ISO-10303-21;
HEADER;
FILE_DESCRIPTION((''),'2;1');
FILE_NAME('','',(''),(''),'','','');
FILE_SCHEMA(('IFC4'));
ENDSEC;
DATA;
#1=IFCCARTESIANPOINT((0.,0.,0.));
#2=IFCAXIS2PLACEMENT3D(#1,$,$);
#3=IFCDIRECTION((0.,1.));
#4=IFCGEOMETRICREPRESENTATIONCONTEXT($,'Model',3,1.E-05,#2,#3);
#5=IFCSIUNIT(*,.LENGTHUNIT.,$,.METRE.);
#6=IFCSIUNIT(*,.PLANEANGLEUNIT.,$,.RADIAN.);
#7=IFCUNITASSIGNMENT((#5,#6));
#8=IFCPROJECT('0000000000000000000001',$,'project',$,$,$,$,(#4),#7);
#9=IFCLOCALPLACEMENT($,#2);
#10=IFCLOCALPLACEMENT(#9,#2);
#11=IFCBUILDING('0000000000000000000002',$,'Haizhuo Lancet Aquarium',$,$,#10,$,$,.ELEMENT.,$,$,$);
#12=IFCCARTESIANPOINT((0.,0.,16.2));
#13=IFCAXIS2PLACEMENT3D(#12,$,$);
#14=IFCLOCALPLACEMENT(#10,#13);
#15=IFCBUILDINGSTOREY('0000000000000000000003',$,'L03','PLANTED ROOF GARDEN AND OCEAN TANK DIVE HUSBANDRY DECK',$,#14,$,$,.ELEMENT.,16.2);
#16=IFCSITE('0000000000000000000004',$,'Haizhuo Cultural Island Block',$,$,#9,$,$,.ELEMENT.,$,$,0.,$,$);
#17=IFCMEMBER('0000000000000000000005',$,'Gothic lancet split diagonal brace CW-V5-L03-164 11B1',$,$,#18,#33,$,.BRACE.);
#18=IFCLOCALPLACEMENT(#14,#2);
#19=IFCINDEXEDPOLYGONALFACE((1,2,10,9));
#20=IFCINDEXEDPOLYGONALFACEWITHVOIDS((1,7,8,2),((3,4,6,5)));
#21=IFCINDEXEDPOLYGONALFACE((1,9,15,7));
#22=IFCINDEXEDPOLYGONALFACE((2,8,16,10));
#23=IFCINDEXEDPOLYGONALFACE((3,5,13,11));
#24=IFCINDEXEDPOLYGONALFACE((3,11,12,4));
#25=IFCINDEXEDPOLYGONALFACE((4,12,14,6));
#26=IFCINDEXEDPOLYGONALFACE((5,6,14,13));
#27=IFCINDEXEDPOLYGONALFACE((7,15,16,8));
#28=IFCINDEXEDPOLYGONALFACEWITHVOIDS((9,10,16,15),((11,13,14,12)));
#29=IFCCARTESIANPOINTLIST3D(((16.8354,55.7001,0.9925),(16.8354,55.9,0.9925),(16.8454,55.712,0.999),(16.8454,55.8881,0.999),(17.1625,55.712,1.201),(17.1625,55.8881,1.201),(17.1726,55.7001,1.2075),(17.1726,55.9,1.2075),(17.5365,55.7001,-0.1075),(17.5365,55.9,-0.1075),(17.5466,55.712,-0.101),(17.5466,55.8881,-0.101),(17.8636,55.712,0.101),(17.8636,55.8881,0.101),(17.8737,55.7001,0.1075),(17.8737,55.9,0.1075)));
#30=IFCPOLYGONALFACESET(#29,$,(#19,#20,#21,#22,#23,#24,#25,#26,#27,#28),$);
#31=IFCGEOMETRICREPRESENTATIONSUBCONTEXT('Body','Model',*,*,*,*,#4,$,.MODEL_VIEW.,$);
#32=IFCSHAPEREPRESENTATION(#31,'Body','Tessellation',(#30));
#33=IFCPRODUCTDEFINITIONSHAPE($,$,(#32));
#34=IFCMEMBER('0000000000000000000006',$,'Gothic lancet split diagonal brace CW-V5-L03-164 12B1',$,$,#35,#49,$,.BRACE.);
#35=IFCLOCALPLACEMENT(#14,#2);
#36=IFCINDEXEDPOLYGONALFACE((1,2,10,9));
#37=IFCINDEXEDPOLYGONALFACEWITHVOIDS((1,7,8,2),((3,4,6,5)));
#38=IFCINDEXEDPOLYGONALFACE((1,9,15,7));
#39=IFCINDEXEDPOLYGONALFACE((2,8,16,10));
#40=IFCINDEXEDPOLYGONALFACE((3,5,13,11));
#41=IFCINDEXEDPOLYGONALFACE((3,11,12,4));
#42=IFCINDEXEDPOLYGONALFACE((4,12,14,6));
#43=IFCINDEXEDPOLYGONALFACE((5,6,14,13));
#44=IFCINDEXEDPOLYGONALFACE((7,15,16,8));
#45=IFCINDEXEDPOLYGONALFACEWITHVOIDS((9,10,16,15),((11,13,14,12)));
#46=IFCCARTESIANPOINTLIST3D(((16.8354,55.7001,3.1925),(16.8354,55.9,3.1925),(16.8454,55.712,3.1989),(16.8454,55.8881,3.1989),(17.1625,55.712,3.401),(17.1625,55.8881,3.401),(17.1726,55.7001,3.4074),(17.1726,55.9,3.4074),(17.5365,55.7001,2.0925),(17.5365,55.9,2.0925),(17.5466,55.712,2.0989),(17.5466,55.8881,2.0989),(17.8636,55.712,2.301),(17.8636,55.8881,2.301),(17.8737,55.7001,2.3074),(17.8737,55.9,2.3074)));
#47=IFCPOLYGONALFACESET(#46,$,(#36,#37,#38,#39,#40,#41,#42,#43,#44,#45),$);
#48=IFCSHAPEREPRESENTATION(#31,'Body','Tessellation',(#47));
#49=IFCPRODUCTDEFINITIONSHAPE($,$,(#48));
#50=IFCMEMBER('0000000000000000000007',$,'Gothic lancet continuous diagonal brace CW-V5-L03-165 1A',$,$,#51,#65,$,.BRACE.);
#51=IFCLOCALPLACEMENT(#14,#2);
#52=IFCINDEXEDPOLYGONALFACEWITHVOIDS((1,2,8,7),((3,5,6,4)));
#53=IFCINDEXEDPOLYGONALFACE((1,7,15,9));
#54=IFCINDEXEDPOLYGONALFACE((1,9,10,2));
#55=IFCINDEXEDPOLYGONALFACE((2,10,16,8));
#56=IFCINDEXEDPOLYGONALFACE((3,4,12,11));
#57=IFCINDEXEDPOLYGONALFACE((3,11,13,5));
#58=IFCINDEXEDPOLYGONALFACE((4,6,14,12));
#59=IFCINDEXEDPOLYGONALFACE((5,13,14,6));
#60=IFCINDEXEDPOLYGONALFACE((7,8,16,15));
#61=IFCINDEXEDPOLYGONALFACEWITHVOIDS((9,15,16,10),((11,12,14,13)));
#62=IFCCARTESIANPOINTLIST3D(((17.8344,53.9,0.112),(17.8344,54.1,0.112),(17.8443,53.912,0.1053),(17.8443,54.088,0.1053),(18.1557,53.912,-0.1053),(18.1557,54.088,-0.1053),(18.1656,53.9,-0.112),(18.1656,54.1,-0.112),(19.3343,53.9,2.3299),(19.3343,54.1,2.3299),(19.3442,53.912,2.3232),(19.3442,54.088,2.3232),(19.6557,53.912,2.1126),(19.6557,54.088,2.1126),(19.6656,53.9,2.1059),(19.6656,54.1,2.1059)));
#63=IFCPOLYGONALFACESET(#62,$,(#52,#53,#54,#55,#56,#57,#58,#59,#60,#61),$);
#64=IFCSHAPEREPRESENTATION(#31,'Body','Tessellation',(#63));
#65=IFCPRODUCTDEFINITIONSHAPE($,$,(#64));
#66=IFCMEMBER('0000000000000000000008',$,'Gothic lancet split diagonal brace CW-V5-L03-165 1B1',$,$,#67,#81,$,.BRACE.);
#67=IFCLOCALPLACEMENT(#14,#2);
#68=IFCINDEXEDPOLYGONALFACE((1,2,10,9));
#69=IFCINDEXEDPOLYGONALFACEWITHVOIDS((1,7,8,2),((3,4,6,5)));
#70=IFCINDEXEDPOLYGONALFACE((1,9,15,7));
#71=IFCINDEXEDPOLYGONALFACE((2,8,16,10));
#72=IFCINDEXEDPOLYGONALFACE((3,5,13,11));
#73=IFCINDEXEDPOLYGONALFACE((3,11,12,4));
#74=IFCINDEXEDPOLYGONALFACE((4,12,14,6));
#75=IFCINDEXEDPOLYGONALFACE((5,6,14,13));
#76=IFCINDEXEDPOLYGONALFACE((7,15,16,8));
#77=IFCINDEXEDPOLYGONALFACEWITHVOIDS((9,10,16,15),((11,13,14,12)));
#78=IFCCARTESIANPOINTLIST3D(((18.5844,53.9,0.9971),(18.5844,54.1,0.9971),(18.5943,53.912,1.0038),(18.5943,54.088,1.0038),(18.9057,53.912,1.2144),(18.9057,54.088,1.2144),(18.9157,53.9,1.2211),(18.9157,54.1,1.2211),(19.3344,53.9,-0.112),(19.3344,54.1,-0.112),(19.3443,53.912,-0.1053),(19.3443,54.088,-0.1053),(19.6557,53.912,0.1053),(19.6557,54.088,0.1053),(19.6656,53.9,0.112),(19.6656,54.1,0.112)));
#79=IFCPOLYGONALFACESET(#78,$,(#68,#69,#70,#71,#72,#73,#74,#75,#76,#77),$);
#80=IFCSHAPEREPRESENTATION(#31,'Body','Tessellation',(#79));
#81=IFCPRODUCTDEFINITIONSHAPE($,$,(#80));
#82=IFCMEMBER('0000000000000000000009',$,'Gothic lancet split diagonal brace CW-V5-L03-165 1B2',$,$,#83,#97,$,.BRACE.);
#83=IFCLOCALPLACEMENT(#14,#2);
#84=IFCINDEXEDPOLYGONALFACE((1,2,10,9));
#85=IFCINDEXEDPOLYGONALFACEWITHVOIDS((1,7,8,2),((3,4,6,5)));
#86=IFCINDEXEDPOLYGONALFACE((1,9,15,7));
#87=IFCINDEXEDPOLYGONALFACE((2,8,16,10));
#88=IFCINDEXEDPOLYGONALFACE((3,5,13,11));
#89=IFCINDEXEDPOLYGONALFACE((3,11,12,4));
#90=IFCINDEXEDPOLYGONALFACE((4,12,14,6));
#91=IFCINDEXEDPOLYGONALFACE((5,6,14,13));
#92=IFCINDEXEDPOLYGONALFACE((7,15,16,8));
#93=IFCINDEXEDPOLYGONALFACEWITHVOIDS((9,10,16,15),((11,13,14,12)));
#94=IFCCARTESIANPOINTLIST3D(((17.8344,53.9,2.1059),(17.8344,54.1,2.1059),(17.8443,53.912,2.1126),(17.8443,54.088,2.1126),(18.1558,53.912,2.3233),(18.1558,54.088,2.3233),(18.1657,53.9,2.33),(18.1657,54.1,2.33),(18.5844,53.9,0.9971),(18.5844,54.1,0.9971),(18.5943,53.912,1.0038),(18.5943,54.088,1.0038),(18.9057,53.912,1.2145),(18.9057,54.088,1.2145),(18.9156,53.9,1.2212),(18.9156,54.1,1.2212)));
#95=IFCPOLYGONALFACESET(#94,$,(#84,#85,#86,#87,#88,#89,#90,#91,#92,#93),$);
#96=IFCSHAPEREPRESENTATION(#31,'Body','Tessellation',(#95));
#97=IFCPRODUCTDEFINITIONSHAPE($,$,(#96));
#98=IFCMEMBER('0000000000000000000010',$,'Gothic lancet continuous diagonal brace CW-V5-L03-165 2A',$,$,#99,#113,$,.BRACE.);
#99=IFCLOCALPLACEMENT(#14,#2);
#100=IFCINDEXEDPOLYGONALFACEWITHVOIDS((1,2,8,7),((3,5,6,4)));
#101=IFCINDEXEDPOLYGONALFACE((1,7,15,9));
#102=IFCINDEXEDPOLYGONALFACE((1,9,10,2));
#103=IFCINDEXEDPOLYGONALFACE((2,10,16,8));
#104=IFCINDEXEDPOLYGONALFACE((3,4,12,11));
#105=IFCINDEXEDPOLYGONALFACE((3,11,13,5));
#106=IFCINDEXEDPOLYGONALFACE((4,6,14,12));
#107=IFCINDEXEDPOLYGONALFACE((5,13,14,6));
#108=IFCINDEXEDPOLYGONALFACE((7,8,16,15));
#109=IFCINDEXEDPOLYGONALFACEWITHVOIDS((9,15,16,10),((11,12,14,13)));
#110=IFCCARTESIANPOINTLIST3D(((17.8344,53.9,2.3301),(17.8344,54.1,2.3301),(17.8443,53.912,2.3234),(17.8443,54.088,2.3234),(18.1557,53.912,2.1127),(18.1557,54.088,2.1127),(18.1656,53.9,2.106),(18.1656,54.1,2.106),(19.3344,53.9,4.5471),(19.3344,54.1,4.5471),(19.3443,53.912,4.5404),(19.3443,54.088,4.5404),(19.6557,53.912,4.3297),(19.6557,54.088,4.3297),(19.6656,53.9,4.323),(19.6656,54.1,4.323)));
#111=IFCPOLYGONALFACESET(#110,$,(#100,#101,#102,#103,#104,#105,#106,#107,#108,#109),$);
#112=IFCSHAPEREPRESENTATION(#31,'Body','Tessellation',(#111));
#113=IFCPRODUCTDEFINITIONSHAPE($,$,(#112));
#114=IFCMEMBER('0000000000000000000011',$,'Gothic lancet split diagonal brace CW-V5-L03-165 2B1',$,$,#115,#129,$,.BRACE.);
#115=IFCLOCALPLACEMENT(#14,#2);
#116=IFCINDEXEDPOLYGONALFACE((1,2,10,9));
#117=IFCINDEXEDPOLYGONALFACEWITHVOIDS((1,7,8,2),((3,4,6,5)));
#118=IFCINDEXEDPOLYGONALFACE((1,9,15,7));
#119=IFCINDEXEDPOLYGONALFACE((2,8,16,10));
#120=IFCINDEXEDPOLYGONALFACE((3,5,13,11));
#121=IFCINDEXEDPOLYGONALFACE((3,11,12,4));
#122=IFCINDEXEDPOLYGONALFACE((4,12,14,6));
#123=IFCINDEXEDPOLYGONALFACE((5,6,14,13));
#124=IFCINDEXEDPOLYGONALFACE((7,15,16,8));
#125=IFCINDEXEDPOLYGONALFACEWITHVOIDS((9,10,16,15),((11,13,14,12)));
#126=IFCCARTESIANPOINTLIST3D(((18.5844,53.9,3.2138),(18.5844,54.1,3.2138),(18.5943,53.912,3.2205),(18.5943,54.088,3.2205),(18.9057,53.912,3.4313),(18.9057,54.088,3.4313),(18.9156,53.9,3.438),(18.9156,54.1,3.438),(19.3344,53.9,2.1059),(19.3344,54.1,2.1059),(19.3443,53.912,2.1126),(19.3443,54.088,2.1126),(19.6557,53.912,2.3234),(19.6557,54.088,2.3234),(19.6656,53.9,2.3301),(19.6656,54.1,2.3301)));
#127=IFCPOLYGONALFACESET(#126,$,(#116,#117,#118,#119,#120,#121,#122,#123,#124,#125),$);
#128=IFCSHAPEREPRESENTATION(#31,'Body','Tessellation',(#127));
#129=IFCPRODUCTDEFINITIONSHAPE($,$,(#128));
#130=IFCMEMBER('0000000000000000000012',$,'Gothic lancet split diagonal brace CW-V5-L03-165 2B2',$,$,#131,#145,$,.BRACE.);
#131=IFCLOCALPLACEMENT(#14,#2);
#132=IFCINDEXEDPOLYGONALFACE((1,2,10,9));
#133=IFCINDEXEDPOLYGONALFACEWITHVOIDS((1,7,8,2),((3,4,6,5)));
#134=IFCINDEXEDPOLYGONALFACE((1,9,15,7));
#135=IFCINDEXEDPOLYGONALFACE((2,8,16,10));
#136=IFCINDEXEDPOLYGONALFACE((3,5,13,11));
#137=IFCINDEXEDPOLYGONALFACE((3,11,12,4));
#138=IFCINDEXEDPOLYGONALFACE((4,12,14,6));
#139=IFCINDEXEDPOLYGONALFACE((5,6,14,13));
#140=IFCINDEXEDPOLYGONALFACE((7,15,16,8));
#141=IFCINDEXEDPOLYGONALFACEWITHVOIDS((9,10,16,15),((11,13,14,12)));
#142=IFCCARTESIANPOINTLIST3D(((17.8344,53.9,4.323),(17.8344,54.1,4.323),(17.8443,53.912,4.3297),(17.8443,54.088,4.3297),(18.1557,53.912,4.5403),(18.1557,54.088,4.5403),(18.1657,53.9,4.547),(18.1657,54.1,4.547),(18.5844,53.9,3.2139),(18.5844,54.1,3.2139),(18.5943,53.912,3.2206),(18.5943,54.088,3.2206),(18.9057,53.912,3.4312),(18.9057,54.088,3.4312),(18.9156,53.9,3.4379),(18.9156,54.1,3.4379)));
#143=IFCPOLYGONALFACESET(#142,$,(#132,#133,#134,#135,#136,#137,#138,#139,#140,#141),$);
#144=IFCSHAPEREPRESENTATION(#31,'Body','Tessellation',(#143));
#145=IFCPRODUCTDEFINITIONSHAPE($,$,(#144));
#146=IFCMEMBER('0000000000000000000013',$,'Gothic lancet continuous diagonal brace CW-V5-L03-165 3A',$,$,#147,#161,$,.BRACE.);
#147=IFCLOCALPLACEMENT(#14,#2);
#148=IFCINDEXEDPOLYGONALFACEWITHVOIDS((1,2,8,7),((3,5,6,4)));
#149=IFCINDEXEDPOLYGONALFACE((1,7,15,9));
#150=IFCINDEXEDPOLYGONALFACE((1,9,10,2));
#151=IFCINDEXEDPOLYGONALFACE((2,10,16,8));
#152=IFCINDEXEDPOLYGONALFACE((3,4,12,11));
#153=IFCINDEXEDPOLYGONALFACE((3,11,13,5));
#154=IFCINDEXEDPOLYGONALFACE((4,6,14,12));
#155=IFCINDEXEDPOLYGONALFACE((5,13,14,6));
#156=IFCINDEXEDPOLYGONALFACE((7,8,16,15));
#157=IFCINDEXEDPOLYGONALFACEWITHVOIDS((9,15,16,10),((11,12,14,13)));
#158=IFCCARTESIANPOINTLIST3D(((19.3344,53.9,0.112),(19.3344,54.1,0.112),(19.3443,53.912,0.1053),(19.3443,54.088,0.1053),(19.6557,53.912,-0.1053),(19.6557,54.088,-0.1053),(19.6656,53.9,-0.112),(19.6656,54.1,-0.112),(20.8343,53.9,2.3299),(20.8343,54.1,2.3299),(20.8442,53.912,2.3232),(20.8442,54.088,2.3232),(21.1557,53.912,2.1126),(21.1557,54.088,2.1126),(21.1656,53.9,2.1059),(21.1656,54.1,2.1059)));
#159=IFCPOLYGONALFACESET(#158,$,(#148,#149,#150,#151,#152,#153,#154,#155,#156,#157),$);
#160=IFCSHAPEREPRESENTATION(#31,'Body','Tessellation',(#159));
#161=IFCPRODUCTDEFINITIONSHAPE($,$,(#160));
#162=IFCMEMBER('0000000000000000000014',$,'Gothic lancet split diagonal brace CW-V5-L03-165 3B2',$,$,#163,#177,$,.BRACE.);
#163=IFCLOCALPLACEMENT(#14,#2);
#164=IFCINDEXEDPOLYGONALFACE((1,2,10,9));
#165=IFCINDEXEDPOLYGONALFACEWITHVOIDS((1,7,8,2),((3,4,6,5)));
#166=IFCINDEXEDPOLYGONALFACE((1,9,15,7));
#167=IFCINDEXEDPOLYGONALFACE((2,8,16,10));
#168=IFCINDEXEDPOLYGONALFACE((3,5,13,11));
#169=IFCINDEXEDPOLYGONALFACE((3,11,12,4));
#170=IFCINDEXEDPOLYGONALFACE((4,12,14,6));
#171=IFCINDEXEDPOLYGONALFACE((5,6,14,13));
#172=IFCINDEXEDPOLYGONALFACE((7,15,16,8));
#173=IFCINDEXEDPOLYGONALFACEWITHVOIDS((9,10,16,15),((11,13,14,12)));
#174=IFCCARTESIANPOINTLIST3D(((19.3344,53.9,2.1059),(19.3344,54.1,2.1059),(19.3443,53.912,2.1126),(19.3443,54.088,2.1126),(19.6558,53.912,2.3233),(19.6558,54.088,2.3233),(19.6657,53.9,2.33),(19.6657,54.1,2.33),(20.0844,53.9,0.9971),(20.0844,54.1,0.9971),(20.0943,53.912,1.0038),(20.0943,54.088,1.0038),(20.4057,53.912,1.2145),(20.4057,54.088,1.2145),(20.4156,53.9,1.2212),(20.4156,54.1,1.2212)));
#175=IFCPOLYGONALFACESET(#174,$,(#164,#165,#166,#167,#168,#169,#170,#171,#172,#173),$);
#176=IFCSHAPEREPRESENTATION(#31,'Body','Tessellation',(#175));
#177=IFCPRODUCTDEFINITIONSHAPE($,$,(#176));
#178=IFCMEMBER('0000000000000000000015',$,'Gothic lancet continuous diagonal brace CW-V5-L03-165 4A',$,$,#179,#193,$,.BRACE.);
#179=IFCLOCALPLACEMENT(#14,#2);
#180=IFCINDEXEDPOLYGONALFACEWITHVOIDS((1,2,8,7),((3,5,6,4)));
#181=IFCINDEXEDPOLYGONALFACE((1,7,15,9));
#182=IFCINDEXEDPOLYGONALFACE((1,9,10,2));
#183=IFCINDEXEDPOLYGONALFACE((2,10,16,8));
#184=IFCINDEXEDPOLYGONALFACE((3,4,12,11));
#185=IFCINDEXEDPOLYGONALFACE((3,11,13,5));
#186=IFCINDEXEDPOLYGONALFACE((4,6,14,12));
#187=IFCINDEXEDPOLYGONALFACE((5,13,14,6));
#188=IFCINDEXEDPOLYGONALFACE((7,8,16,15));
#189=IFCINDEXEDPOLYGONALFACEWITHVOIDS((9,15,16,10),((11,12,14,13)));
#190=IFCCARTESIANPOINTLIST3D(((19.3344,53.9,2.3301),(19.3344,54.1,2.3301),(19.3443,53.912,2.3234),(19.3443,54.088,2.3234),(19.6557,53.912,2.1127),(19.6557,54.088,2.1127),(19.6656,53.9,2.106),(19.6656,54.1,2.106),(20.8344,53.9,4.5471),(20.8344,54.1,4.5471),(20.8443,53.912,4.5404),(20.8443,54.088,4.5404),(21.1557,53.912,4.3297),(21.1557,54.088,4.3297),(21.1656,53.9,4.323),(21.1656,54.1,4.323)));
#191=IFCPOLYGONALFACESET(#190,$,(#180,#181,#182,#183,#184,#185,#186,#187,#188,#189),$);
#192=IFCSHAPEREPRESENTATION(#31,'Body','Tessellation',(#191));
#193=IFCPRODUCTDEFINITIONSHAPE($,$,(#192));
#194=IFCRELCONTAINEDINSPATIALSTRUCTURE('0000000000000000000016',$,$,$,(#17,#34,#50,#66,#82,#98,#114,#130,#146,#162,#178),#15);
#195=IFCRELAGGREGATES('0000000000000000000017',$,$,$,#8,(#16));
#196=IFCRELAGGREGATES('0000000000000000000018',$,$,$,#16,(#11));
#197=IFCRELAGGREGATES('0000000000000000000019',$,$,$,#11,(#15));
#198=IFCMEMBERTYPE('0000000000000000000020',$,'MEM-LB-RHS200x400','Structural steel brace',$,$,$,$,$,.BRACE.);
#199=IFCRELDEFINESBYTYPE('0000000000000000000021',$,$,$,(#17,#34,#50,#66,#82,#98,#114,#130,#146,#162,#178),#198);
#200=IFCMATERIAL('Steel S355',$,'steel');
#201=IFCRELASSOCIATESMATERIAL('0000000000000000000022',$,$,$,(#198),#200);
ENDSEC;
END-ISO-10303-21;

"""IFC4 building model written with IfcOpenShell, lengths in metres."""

from ifc_helpers import new_model, si_unit, direction, frame, origin, origin_2d, place, context, subcontext, project, spatial, hollow_rectangle, extrude, material, material_profile, profile_set, type_object, element, save


model = new_model("IFC4")

# Units and contexts
model_context = context("Model", 3, precision=1e-05, world=origin(), true_north=direction((0.0, 1.0)))
body_context = subcontext(model_context, "Body", "Model", "MODEL_VIEW")
ifc_project = project(units=[si_unit("LENGTHUNIT", "METRE"), si_unit("PLANEANGLEUNIT", "RADIAN")], contexts=[model_context])

# Site, building, storey
site_placement = place(None, origin())
site = spatial("IfcSite", under=ifc_project, at=site_placement, Name="Haizhuo Cultural Island Block", CompositionType="ELEMENT", RefElevation=0.0)
building_placement = place(site_placement, origin())
building = spatial("IfcBuilding", under=site, at=building_placement, Name="Haizhuo Lancet Aquarium", CompositionType="ELEMENT")
storey_placement = place(building_placement, frame((0.0, 0.0, 16.2)))
storey = spatial("IfcBuildingStorey", under=building, at=storey_placement, Name="L03", Description="PLANTED ROOF GARDEN AND OCEAN TANK DIVE HUSBANDRY DECK", CompositionType="ELEMENT", Elevation=16.2)

# Members
ifc_material_1 = material(Name="Steel S355", Category="steel")
ifc_material_profile_1 = material_profile(ifc_material_1, hollow_rectangle(XDim=0.2, YDim=0.3999, WallThickness=0.012, at=origin_2d()), Name="RHS 200x400x12")
ifc_profile_set_1 = profile_set([ifc_material_profile_1], Name="Steel S355")
member_type_1 = type_object("IfcMemberType", Name="MEM-LB-RHS200x400", Description="Structural steel brace", PredefinedType="BRACE", material=ifc_profile_set_1)
for number, where, z_axis, x_axis, name in (
    (1, (17.7051, 55.8, 0.0), (-0.537481, 0.0, 0.843276), (0.0, -1.0, 0.0), "Gothic lancet split diagonal brace CW-V5-L03-164 11B1"),
    (2, (17.7051, 55.8, 2.2), (-0.537481, 0.0, 0.843276), (0.0, -1.0, 0.0), "Gothic lancet split diagonal brace CW-V5-L03-164 12B1"),
):
    element("IfcMember", number, at=place(storey_placement, frame(where, z_axis=z_axis, x_axis=x_axis)), inside=storey, type_object=member_type_1, Name=name, PredefinedType="BRACE", context=body_context, shape_type="SweptSolid", body=[
        extrude(hollow_rectangle(XDim=0.2, YDim=0.3999, WallThickness=0.012, at=origin_2d()), origin(), (0.0, 0.0, 1.0), 1.3044),
    ])
member_1_placement = place(storey_placement, frame((18.0, 54.0, 0.0), z_axis=(0.560201, 0.0, 0.828357), x_axis=(0.0, 1.0, 0.0)))
element("IfcMember", 3, at=member_1_placement, inside=storey, type_object=member_type_1, Name="Gothic lancet continuous diagonal brace CW-V5-L03-165 1A", PredefinedType="BRACE", context=body_context, shape_type="SweptSolid", body=[
    extrude(hollow_rectangle(XDim=0.2, YDim=0.3999, WallThickness=0.012, at=origin_2d()), origin(), (0.0, 0.0, 1.0), 2.6775),
])
member_2_placement = place(storey_placement, frame((19.5, 54.0, 0.0), z_axis=(-0.560159, 0.0, 0.828385), x_axis=(0.0, -1.0, 0.0)))
element("IfcMember", 4, at=member_2_placement, inside=storey, type_object=member_type_1, Name="Gothic lancet split diagonal brace CW-V5-L03-165 1B1", PredefinedType="BRACE", context=body_context, shape_type="SweptSolid", body=[
    extrude(hollow_rectangle(XDim=0.2, YDim=0.3999, WallThickness=0.012, at=origin_2d()), origin(), (0.0, 0.0, 1.0), 1.3389),
])
member_3_placement = place(storey_placement, frame((18.75, 54.0, 1.1091), z_axis=(-0.560243, 0.0, 0.828328), x_axis=(0.0, -1.0, 0.0)))
element("IfcMember", 5, at=member_3_placement, inside=storey, type_object=member_type_1, Name="Gothic lancet split diagonal brace CW-V5-L03-165 1B2", PredefinedType="BRACE", context=body_context, shape_type="SweptSolid", body=[
    extrude(hollow_rectangle(XDim=0.2, YDim=0.3999, WallThickness=0.012, at=origin_2d()), origin(), (0.0, 0.0, 1.0), 1.3386),
])
member_4_placement = place(storey_placement, frame((18.0, 54.0, 2.218), z_axis=(0.56037, 0.0, 0.828242), x_axis=(0.0, 1.0, 0.0)))
element("IfcMember", 6, at=member_4_placement, inside=storey, type_object=member_type_1, Name="Gothic lancet continuous diagonal brace CW-V5-L03-165 2A", PredefinedType="BRACE", context=body_context, shape_type="SweptSolid", body=[
    extrude(hollow_rectangle(XDim=0.2, YDim=0.3999, WallThickness=0.012, at=origin_2d()), origin(), (0.0, 0.0, 1.0), 2.6768),
])
member_5_placement = place(storey_placement, frame((19.5, 54.0, 2.218), z_axis=(-0.560582, 0.0, 0.828099), x_axis=(0.0, -1.0, 0.0)))
element("IfcMember", 7, at=member_5_placement, inside=storey, type_object=member_type_1, Name="Gothic lancet split diagonal brace CW-V5-L03-165 2B1", PredefinedType="BRACE", context=body_context, shape_type="SweptSolid", body=[
    extrude(hollow_rectangle(XDim=0.2, YDim=0.3999, WallThickness=0.012, at=origin_2d()), origin(), (0.0, 0.0, 1.0), 1.3379),
])
member_6_placement = place(storey_placement, frame((18.75, 54.0, 3.3259), z_axis=(-0.560159, 0.0, 0.828385), x_axis=(0.0, -1.0, 0.0)))
element("IfcMember", 8, at=member_6_placement, inside=storey, type_object=member_type_1, Name="Gothic lancet split diagonal brace CW-V5-L03-165 2B2", PredefinedType="BRACE", context=body_context, shape_type="SweptSolid", body=[
    extrude(hollow_rectangle(XDim=0.2, YDim=0.3999, WallThickness=0.012, at=origin_2d()), origin(), (0.0, 0.0, 1.0), 1.3389),
])
member_7_placement = place(storey_placement, frame((19.5, 54.0, 0.0), z_axis=(0.560201, 0.0, 0.828357), x_axis=(0.0, 1.0, 0.0)))
element("IfcMember", 9, at=member_7_placement, inside=storey, type_object=member_type_1, Name="Gothic lancet continuous diagonal brace CW-V5-L03-165 3A", PredefinedType="BRACE", context=body_context, shape_type="SweptSolid", body=[
    extrude(hollow_rectangle(XDim=0.2, YDim=0.3999, WallThickness=0.012, at=origin_2d()), origin(), (0.0, 0.0, 1.0), 2.6775),
])
member_8_placement = place(storey_placement, frame((20.25, 54.0, 1.1091), z_axis=(-0.560243, 0.0, 0.828328), x_axis=(0.0, -1.0, 0.0)))
element("IfcMember", 10, at=member_8_placement, inside=storey, type_object=member_type_1, Name="Gothic lancet split diagonal brace CW-V5-L03-165 3B2", PredefinedType="BRACE", context=body_context, shape_type="SweptSolid", body=[
    extrude(hollow_rectangle(XDim=0.2, YDim=0.3999, WallThickness=0.012, at=origin_2d()), origin(), (0.0, 0.0, 1.0), 1.3386),
])
member_9_placement = place(storey_placement, frame((19.5, 54.0, 2.218), z_axis=(0.56037, 0.0, 0.828242), x_axis=(0.0, 1.0, 0.0)))
element("IfcMember", 11, at=member_9_placement, inside=storey, type_object=member_type_1, Name="Gothic lancet continuous diagonal brace CW-V5-L03-165 4A", PredefinedType="BRACE", context=body_context, shape_type="SweptSolid", body=[
    extrude(hollow_rectangle(XDim=0.2, YDim=0.3999, WallThickness=0.012, at=origin_2d()), origin(), (0.0, 0.0, 1.0), 2.6768),
])

save(model, "model.ifc")
